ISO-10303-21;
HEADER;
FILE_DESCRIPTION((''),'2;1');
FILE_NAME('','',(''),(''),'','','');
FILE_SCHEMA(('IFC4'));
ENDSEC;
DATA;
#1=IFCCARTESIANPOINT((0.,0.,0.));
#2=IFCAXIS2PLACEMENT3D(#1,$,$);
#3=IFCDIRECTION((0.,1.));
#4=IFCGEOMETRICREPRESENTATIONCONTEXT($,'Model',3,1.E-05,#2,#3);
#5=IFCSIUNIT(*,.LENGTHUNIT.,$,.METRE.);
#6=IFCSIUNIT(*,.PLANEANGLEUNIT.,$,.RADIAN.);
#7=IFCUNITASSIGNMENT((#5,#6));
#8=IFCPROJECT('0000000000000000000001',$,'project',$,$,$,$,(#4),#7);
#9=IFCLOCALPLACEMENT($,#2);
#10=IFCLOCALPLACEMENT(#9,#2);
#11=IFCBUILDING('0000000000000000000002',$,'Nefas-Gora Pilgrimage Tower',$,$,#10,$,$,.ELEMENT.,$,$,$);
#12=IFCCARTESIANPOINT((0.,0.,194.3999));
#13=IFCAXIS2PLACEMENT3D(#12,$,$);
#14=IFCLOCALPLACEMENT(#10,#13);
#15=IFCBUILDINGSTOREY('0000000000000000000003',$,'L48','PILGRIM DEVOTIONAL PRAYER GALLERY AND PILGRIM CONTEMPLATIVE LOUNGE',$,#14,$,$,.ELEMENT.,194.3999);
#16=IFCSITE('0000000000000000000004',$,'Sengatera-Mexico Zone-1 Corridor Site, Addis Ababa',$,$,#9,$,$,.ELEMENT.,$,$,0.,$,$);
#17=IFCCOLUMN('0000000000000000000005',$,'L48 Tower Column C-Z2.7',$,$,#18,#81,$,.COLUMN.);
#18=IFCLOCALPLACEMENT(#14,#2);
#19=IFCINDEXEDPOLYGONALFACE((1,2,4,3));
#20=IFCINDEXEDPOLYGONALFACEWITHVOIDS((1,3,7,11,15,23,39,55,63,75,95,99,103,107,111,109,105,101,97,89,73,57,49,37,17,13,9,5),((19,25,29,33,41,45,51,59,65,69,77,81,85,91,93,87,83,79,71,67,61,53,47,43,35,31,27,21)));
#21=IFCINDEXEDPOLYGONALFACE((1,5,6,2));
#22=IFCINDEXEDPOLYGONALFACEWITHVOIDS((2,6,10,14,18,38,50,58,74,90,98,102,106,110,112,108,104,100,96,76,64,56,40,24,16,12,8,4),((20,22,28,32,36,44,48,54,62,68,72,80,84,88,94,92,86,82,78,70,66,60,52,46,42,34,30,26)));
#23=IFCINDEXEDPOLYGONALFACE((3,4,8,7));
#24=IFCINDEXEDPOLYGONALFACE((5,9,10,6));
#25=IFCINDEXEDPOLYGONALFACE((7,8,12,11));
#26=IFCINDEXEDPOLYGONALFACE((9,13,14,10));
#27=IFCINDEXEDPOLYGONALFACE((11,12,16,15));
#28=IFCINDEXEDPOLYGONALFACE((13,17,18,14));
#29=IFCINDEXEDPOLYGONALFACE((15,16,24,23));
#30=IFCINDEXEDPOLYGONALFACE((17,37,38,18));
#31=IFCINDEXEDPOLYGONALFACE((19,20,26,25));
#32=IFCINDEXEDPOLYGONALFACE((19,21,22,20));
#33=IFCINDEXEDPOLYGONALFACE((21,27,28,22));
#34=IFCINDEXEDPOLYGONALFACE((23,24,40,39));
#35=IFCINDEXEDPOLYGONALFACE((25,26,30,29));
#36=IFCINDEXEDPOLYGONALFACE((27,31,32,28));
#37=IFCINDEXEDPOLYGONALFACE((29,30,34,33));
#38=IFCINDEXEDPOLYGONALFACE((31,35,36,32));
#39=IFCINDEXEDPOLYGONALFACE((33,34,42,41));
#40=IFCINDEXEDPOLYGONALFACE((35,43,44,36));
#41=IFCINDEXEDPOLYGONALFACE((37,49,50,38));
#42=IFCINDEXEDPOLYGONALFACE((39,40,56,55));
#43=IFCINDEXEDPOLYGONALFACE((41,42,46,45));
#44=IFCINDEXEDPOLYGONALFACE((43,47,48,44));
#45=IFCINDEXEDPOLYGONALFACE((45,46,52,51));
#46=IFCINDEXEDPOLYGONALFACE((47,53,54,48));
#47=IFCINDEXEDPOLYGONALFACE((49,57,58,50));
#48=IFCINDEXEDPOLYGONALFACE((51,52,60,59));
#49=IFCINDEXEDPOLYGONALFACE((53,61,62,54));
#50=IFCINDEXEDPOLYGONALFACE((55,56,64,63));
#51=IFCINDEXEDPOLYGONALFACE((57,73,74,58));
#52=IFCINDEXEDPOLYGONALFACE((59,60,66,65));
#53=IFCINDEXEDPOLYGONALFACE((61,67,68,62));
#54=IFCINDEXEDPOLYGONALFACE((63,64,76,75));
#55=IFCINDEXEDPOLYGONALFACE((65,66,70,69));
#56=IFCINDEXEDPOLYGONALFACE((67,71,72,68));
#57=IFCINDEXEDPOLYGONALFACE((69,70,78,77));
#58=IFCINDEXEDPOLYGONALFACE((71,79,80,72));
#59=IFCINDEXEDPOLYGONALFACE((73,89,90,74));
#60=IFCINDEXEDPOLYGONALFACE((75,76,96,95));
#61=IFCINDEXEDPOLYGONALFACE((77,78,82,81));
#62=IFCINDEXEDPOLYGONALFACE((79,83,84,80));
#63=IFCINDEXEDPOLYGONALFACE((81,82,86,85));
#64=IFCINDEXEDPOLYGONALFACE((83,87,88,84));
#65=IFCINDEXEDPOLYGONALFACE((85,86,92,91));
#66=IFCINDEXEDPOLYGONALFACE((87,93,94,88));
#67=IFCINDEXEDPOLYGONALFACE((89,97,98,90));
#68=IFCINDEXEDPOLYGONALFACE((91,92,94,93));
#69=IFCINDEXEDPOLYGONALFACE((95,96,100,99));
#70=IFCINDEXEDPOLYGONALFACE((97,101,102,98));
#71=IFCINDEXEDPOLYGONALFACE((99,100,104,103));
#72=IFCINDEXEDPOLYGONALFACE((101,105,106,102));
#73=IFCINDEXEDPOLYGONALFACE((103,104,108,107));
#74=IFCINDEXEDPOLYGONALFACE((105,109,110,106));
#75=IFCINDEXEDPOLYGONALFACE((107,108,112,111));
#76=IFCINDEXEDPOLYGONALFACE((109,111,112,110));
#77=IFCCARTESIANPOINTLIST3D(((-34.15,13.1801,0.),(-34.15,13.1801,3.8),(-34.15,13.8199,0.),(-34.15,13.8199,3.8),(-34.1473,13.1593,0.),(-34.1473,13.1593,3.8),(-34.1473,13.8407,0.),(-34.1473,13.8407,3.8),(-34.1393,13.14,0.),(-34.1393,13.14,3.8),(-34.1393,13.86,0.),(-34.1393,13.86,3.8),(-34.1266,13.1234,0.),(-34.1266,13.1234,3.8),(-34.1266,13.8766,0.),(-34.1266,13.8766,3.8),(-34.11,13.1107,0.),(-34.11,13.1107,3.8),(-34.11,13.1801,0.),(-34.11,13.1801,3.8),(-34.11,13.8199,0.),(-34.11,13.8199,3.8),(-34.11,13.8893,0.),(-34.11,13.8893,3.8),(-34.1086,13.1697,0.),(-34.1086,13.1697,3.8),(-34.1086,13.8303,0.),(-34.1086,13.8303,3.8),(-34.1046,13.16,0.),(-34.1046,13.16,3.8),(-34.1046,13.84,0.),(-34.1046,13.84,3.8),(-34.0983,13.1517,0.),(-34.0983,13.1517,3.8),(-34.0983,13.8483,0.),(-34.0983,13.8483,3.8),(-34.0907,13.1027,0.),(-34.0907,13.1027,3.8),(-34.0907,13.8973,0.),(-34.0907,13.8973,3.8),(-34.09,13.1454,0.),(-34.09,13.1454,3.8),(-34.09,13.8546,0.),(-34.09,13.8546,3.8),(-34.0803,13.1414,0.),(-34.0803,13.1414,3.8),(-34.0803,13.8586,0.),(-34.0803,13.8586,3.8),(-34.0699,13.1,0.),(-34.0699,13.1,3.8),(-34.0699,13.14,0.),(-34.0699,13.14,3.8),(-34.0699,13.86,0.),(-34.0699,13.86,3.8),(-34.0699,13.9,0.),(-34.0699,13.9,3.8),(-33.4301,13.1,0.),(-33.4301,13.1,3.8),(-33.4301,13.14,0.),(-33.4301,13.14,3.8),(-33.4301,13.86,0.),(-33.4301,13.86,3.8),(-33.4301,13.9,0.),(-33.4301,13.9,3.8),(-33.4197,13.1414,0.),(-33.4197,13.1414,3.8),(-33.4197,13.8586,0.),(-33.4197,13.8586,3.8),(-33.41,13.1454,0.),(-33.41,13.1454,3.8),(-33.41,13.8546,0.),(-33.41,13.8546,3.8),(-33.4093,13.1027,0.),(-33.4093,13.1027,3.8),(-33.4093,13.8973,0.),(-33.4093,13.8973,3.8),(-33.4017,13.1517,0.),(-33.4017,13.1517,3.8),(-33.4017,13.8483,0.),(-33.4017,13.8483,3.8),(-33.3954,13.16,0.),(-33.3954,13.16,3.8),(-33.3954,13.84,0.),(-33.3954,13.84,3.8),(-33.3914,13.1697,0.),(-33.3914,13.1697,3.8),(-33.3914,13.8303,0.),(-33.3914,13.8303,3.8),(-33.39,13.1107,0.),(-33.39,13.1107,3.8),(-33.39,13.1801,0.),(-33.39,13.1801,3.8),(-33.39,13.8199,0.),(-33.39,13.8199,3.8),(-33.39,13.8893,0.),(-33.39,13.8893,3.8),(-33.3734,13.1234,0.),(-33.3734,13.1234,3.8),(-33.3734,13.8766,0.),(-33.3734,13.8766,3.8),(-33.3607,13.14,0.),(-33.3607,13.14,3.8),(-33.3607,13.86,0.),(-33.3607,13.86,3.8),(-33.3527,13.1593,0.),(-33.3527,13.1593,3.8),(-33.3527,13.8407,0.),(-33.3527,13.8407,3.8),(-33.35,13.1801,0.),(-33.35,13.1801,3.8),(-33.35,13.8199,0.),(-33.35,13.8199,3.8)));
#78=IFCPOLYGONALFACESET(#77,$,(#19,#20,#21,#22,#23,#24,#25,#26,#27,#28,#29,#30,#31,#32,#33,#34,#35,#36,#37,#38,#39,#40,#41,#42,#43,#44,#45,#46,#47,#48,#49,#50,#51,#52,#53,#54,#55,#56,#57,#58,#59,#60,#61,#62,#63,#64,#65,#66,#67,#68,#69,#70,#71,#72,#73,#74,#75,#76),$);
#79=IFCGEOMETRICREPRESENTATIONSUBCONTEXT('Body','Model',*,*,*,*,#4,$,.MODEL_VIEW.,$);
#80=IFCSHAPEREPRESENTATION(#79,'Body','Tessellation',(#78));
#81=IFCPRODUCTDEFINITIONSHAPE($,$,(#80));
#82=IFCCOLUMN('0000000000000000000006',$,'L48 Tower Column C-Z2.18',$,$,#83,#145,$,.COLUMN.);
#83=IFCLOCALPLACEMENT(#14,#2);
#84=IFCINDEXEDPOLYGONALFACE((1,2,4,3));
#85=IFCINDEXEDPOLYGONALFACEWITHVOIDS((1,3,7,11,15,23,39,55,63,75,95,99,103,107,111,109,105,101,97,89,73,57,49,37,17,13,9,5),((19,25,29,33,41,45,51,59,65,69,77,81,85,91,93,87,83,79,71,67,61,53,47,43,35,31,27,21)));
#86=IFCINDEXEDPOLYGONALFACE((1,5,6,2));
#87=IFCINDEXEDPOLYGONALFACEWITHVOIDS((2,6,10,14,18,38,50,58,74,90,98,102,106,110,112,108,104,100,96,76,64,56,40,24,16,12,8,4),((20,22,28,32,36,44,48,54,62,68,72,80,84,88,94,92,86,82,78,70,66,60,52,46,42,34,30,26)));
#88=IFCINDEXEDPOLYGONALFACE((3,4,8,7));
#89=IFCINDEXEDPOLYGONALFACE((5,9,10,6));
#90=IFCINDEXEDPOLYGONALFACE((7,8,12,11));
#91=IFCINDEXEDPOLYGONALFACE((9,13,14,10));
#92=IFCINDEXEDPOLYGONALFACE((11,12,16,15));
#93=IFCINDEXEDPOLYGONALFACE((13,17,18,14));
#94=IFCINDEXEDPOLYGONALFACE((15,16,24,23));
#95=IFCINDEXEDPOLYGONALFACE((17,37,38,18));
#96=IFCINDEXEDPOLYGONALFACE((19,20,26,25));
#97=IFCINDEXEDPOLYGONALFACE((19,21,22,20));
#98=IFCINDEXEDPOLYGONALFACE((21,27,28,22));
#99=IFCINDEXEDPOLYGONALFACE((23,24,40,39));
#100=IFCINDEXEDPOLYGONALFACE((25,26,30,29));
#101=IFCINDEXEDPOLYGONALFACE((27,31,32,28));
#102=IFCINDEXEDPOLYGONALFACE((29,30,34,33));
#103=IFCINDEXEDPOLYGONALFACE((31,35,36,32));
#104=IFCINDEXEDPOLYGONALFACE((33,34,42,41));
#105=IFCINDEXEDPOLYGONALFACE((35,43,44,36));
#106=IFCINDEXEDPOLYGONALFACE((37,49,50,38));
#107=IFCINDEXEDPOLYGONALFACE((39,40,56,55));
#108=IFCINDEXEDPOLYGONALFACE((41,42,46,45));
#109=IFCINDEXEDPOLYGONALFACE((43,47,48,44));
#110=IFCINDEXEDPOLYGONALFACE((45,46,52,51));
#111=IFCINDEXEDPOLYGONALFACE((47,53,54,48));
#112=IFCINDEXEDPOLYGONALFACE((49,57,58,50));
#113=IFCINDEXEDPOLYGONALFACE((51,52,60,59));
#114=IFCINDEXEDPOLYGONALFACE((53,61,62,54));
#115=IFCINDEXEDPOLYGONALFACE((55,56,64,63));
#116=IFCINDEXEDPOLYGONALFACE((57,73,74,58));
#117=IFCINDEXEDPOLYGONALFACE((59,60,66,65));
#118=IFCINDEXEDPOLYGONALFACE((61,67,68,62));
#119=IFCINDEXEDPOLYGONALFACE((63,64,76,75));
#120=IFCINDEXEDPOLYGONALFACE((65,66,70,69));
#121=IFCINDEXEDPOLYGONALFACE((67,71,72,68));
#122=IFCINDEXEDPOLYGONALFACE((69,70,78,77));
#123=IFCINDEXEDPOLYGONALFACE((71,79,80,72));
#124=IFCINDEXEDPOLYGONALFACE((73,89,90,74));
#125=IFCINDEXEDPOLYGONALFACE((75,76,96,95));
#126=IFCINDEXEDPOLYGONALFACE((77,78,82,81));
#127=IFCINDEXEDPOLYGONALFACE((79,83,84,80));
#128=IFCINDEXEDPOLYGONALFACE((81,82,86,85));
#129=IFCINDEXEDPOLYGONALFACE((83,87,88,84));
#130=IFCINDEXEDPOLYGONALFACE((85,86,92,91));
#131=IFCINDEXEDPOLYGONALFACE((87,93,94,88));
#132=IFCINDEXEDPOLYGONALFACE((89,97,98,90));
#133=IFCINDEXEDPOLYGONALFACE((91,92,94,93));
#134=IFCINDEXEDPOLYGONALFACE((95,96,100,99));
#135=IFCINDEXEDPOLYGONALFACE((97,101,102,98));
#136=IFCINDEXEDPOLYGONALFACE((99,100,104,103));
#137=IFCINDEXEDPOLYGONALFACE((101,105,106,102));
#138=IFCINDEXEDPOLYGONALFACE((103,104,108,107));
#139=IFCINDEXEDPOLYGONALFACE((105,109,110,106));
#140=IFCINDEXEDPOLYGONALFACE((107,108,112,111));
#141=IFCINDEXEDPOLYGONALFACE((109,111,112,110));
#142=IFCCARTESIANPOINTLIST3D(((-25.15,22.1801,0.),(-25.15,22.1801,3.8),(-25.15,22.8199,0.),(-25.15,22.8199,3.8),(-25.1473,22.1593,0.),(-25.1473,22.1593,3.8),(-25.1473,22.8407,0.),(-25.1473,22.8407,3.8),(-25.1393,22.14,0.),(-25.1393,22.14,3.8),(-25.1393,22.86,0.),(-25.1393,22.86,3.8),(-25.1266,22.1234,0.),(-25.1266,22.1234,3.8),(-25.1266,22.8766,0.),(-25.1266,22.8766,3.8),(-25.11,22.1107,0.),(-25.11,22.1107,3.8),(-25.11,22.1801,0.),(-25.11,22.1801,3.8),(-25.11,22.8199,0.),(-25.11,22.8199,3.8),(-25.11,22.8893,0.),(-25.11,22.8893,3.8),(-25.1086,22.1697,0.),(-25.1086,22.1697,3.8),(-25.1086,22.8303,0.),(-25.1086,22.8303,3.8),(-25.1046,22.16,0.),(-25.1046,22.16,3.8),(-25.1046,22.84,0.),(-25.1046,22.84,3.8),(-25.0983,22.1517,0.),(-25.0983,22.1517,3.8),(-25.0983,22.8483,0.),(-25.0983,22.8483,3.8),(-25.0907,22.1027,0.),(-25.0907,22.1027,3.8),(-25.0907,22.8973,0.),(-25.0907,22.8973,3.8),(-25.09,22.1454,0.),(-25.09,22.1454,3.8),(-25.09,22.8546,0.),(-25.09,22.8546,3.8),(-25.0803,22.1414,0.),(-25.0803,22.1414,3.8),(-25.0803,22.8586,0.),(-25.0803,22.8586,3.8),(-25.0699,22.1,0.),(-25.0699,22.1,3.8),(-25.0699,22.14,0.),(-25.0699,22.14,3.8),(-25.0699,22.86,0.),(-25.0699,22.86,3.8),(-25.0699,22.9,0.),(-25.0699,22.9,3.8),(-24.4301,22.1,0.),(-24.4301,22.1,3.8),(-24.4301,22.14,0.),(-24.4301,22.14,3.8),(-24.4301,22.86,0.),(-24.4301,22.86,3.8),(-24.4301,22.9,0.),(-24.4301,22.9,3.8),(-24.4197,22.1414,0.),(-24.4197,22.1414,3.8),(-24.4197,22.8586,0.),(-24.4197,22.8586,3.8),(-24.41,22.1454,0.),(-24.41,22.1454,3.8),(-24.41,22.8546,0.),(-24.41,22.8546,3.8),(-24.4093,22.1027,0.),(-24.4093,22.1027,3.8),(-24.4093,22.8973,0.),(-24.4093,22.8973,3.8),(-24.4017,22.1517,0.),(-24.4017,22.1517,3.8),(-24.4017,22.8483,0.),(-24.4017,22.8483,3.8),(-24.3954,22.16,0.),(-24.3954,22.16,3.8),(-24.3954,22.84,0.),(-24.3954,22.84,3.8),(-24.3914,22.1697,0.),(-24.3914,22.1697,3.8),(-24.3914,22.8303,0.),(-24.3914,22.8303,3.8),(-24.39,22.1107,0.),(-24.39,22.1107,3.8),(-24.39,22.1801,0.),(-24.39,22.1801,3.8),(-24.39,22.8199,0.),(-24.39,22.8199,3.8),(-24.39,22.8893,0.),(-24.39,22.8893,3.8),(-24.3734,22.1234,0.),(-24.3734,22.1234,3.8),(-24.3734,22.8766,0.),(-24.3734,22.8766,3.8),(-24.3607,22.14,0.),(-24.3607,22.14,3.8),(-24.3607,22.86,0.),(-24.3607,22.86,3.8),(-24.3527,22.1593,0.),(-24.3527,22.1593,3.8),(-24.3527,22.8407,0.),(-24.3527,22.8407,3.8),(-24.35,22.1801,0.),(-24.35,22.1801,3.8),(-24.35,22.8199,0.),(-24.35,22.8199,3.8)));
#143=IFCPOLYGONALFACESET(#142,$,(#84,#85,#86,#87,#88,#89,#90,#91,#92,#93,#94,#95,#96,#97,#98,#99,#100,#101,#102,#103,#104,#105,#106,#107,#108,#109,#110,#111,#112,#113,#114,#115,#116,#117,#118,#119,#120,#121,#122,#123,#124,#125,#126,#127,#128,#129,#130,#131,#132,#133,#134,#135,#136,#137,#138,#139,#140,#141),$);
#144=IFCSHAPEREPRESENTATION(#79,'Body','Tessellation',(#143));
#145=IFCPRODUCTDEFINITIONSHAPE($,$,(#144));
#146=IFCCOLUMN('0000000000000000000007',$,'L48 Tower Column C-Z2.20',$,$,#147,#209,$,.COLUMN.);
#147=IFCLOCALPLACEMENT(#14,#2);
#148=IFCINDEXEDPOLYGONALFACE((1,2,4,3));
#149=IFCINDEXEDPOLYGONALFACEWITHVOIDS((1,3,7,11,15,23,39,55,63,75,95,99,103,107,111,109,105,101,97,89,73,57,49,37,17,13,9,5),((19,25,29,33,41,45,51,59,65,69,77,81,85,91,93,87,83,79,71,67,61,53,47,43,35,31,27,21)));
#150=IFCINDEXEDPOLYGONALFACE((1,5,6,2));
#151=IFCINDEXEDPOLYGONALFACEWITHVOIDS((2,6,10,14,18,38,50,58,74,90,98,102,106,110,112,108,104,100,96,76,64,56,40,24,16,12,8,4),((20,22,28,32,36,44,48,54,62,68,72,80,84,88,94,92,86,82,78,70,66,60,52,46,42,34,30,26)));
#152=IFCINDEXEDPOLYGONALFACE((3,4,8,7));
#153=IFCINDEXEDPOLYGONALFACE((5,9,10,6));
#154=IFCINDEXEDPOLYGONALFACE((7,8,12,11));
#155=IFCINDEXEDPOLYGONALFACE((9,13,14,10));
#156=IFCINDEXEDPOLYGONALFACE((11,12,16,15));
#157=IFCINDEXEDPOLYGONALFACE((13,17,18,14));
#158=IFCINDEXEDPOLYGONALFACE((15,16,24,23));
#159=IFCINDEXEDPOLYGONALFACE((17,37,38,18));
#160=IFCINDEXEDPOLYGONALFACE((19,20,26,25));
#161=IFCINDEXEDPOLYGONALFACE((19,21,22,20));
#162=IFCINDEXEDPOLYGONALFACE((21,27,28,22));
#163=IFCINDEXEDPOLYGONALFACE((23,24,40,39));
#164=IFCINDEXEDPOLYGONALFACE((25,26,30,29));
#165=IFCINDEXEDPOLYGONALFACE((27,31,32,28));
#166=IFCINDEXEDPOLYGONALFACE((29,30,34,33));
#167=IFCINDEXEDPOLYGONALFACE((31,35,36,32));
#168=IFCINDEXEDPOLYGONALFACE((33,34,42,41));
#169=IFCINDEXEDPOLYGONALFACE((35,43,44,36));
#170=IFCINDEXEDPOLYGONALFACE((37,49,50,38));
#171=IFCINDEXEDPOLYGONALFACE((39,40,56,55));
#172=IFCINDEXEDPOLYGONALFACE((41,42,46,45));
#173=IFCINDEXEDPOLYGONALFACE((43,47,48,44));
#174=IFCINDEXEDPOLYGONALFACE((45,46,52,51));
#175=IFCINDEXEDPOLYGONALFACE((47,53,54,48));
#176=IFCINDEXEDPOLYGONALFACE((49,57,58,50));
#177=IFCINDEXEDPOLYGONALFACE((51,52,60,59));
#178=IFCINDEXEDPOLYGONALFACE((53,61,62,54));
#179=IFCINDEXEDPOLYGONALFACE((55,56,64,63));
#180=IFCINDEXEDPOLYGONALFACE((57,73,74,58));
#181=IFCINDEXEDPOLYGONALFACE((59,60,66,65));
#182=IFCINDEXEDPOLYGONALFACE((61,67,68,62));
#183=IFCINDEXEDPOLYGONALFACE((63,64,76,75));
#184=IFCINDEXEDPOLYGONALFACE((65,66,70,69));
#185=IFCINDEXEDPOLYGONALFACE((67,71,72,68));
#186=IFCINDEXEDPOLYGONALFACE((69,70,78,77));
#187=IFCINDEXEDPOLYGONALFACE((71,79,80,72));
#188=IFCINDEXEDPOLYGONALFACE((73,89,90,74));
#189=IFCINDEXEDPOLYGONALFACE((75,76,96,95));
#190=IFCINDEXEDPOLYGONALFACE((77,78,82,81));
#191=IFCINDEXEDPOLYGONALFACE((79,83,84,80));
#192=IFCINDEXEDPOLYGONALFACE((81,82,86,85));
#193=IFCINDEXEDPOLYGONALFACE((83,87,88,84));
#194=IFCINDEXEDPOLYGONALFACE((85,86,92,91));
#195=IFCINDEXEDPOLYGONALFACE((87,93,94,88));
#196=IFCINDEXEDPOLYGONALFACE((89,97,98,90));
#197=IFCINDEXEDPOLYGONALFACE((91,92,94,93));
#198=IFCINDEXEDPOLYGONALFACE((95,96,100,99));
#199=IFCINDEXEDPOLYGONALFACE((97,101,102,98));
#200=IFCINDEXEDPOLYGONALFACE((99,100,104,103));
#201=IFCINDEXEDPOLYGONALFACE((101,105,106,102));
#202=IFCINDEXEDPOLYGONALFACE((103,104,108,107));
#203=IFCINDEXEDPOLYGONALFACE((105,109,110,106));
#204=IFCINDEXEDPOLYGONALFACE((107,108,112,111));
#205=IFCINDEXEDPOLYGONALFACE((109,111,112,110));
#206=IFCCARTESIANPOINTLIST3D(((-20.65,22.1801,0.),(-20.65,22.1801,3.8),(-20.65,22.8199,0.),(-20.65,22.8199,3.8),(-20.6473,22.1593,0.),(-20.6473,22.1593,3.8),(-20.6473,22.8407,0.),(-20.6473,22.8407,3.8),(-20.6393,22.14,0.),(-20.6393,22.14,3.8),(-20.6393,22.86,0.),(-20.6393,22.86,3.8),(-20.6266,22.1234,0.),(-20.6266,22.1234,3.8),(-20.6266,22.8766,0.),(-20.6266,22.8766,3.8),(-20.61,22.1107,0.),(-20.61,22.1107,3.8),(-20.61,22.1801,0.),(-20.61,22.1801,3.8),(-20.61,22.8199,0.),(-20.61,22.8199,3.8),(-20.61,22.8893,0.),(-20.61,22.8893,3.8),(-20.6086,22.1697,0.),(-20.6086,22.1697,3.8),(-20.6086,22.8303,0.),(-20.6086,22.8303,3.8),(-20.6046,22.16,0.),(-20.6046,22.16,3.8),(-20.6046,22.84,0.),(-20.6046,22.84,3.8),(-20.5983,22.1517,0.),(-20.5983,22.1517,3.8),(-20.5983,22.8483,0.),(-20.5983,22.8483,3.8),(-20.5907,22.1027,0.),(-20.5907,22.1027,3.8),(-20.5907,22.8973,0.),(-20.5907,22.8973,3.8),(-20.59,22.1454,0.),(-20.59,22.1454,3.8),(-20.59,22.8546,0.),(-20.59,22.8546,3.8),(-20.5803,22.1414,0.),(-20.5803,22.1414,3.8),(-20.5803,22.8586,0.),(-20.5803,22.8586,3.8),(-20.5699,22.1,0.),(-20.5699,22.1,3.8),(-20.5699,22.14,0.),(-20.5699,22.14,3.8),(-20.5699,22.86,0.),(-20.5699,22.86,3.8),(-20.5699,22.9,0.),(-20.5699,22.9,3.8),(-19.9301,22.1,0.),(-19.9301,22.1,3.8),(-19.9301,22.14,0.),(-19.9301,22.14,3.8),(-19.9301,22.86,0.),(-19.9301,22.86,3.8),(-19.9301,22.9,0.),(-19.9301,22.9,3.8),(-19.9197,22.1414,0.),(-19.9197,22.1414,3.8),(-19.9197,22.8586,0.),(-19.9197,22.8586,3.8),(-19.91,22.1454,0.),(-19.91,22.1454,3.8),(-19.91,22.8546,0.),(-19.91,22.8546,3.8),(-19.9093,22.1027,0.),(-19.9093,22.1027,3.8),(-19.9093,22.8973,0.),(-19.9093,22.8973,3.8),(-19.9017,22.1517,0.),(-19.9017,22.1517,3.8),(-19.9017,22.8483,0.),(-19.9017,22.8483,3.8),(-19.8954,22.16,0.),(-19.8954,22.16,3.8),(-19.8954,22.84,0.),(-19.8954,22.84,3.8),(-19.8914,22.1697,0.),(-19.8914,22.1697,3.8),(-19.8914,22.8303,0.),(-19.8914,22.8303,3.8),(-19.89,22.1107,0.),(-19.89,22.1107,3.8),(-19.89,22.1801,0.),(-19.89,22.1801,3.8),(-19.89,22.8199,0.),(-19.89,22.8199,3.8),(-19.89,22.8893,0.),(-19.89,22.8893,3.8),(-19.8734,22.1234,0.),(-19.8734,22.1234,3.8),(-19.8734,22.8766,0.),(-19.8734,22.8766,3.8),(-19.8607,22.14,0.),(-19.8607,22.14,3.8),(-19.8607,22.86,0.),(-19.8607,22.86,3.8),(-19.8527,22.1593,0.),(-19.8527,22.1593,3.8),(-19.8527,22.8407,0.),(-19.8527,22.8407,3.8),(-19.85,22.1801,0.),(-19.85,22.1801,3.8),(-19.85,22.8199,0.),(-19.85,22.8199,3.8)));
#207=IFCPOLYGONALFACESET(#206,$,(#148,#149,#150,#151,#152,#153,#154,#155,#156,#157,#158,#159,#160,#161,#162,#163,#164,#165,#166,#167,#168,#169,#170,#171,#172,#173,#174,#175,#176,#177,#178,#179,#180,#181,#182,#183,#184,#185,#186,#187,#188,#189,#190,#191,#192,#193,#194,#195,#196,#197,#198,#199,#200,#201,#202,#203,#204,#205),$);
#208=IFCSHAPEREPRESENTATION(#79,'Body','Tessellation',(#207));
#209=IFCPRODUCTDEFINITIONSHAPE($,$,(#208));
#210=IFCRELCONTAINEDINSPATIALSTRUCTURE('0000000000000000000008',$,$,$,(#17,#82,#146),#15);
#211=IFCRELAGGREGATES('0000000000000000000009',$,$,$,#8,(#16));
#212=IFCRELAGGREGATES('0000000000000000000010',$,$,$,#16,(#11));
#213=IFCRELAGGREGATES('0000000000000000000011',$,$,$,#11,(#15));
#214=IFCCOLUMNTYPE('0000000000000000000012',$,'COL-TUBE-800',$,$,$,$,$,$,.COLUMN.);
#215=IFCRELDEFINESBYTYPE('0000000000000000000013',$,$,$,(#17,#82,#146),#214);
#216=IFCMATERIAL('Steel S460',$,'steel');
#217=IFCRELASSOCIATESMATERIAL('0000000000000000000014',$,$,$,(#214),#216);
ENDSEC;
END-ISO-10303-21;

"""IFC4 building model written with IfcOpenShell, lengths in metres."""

from ifc_helpers import new_model, si_unit, direction, frame, origin, origin_2d, place, context, subcontext, project, spatial, hollow_rectangle, extrude, source, transform, mapped, material, material_profile, profile_set, type_object, element, save


model = new_model("IFC4")

# Units and contexts
model_context = context("Model", 3, precision=1e-05, world=origin(), true_north=direction((0.0, 1.0)))
body_context = subcontext(model_context, "Body", "Model", "MODEL_VIEW")
ifc_project = project(units=[si_unit("LENGTHUNIT", "METRE"), si_unit("PLANEANGLEUNIT", "RADIAN")], contexts=[model_context])

# Site, building, storey
site_placement = place(None, origin())
site = spatial("IfcSite", under=ifc_project, at=site_placement, Name="Sengatera-Mexico Zone-1 Corridor Site, Addis Ababa", CompositionType="ELEMENT", RefElevation=0.0)
building_placement = place(site_placement, origin())
building = spatial("IfcBuilding", under=site, at=building_placement, Name="Nefas-Gora Pilgrimage Tower", CompositionType="ELEMENT")
storey_placement = place(building_placement, frame((0.0, 0.0, 194.3999)))
storey = spatial("IfcBuildingStorey", under=building, at=storey_placement, Name="L48", Description="PILGRIM DEVOTIONAL PRAYER GALLERY AND PILGRIM CONTEMPLATIVE LOUNGE", CompositionType="ELEMENT", Elevation=194.3999)

# Columns
ifc_material_1 = material(Name="Steel S460", Category="steel")
ifc_material_profile_1 = material_profile(ifc_material_1, hollow_rectangle(XDim=0.8, YDim=0.8, WallThickness=0.04, InnerFilletRadius=0.04, OuterFilletRadius=0.0801, at=origin_2d()), Name="BOX 800x800x40")
ifc_profile_set_1 = profile_set([ifc_material_profile_1], Name="Steel S460")
column_type_1 = type_object("IfcColumnType", Name="COL-TUBE-800", PredefinedType="COLUMN", material=ifc_profile_set_1)
shared_shape_1 = source(origin(), body_context, "Body", "SweptSolid", [
    extrude(hollow_rectangle(XDim=0.8, YDim=0.8, WallThickness=0.04, InnerFilletRadius=0.04, OuterFilletRadius=0.0801, at=origin_2d()), origin(), (0.0, 0.0, 1.0), 3.8),
])
for number, where, z_axis, x_axis, name in (
    (1, (-33.75, 13.5, 0.0), (0.0, 0.0, 1.0), (1.0, 0.0, 0.0), "L48 Tower Column C-Z2.7"),
    (2, (-24.75, 22.5, 0.0), (0.0, 0.0, 1.0), (1.0, 0.0, 0.0), "L48 Tower Column C-Z2.18"),
    (3, (-20.25, 22.5, 0.0), (0.0, 0.0, 1.0), (1.0, 0.0, 0.0), "L48 Tower Column C-Z2.20"),
):
    element("IfcColumn", number, at=place(storey_placement, frame(where, z_axis=z_axis, x_axis=x_axis)), inside=storey, type_object=column_type_1, Name=name, PredefinedType="COLUMN", context=body_context, shape_type="MappedRepresentation", body=[
        mapped(shared_shape_1, transform((0.0, 0.0, 0.0), x_axis=(1.0, 0.0, 0.0), y_axis=(0.0, 1.0, 0.0), z_axis=(0.0, 0.0, 1.0), scale=1.0)),
    ])

save(model, "model.ifc")
